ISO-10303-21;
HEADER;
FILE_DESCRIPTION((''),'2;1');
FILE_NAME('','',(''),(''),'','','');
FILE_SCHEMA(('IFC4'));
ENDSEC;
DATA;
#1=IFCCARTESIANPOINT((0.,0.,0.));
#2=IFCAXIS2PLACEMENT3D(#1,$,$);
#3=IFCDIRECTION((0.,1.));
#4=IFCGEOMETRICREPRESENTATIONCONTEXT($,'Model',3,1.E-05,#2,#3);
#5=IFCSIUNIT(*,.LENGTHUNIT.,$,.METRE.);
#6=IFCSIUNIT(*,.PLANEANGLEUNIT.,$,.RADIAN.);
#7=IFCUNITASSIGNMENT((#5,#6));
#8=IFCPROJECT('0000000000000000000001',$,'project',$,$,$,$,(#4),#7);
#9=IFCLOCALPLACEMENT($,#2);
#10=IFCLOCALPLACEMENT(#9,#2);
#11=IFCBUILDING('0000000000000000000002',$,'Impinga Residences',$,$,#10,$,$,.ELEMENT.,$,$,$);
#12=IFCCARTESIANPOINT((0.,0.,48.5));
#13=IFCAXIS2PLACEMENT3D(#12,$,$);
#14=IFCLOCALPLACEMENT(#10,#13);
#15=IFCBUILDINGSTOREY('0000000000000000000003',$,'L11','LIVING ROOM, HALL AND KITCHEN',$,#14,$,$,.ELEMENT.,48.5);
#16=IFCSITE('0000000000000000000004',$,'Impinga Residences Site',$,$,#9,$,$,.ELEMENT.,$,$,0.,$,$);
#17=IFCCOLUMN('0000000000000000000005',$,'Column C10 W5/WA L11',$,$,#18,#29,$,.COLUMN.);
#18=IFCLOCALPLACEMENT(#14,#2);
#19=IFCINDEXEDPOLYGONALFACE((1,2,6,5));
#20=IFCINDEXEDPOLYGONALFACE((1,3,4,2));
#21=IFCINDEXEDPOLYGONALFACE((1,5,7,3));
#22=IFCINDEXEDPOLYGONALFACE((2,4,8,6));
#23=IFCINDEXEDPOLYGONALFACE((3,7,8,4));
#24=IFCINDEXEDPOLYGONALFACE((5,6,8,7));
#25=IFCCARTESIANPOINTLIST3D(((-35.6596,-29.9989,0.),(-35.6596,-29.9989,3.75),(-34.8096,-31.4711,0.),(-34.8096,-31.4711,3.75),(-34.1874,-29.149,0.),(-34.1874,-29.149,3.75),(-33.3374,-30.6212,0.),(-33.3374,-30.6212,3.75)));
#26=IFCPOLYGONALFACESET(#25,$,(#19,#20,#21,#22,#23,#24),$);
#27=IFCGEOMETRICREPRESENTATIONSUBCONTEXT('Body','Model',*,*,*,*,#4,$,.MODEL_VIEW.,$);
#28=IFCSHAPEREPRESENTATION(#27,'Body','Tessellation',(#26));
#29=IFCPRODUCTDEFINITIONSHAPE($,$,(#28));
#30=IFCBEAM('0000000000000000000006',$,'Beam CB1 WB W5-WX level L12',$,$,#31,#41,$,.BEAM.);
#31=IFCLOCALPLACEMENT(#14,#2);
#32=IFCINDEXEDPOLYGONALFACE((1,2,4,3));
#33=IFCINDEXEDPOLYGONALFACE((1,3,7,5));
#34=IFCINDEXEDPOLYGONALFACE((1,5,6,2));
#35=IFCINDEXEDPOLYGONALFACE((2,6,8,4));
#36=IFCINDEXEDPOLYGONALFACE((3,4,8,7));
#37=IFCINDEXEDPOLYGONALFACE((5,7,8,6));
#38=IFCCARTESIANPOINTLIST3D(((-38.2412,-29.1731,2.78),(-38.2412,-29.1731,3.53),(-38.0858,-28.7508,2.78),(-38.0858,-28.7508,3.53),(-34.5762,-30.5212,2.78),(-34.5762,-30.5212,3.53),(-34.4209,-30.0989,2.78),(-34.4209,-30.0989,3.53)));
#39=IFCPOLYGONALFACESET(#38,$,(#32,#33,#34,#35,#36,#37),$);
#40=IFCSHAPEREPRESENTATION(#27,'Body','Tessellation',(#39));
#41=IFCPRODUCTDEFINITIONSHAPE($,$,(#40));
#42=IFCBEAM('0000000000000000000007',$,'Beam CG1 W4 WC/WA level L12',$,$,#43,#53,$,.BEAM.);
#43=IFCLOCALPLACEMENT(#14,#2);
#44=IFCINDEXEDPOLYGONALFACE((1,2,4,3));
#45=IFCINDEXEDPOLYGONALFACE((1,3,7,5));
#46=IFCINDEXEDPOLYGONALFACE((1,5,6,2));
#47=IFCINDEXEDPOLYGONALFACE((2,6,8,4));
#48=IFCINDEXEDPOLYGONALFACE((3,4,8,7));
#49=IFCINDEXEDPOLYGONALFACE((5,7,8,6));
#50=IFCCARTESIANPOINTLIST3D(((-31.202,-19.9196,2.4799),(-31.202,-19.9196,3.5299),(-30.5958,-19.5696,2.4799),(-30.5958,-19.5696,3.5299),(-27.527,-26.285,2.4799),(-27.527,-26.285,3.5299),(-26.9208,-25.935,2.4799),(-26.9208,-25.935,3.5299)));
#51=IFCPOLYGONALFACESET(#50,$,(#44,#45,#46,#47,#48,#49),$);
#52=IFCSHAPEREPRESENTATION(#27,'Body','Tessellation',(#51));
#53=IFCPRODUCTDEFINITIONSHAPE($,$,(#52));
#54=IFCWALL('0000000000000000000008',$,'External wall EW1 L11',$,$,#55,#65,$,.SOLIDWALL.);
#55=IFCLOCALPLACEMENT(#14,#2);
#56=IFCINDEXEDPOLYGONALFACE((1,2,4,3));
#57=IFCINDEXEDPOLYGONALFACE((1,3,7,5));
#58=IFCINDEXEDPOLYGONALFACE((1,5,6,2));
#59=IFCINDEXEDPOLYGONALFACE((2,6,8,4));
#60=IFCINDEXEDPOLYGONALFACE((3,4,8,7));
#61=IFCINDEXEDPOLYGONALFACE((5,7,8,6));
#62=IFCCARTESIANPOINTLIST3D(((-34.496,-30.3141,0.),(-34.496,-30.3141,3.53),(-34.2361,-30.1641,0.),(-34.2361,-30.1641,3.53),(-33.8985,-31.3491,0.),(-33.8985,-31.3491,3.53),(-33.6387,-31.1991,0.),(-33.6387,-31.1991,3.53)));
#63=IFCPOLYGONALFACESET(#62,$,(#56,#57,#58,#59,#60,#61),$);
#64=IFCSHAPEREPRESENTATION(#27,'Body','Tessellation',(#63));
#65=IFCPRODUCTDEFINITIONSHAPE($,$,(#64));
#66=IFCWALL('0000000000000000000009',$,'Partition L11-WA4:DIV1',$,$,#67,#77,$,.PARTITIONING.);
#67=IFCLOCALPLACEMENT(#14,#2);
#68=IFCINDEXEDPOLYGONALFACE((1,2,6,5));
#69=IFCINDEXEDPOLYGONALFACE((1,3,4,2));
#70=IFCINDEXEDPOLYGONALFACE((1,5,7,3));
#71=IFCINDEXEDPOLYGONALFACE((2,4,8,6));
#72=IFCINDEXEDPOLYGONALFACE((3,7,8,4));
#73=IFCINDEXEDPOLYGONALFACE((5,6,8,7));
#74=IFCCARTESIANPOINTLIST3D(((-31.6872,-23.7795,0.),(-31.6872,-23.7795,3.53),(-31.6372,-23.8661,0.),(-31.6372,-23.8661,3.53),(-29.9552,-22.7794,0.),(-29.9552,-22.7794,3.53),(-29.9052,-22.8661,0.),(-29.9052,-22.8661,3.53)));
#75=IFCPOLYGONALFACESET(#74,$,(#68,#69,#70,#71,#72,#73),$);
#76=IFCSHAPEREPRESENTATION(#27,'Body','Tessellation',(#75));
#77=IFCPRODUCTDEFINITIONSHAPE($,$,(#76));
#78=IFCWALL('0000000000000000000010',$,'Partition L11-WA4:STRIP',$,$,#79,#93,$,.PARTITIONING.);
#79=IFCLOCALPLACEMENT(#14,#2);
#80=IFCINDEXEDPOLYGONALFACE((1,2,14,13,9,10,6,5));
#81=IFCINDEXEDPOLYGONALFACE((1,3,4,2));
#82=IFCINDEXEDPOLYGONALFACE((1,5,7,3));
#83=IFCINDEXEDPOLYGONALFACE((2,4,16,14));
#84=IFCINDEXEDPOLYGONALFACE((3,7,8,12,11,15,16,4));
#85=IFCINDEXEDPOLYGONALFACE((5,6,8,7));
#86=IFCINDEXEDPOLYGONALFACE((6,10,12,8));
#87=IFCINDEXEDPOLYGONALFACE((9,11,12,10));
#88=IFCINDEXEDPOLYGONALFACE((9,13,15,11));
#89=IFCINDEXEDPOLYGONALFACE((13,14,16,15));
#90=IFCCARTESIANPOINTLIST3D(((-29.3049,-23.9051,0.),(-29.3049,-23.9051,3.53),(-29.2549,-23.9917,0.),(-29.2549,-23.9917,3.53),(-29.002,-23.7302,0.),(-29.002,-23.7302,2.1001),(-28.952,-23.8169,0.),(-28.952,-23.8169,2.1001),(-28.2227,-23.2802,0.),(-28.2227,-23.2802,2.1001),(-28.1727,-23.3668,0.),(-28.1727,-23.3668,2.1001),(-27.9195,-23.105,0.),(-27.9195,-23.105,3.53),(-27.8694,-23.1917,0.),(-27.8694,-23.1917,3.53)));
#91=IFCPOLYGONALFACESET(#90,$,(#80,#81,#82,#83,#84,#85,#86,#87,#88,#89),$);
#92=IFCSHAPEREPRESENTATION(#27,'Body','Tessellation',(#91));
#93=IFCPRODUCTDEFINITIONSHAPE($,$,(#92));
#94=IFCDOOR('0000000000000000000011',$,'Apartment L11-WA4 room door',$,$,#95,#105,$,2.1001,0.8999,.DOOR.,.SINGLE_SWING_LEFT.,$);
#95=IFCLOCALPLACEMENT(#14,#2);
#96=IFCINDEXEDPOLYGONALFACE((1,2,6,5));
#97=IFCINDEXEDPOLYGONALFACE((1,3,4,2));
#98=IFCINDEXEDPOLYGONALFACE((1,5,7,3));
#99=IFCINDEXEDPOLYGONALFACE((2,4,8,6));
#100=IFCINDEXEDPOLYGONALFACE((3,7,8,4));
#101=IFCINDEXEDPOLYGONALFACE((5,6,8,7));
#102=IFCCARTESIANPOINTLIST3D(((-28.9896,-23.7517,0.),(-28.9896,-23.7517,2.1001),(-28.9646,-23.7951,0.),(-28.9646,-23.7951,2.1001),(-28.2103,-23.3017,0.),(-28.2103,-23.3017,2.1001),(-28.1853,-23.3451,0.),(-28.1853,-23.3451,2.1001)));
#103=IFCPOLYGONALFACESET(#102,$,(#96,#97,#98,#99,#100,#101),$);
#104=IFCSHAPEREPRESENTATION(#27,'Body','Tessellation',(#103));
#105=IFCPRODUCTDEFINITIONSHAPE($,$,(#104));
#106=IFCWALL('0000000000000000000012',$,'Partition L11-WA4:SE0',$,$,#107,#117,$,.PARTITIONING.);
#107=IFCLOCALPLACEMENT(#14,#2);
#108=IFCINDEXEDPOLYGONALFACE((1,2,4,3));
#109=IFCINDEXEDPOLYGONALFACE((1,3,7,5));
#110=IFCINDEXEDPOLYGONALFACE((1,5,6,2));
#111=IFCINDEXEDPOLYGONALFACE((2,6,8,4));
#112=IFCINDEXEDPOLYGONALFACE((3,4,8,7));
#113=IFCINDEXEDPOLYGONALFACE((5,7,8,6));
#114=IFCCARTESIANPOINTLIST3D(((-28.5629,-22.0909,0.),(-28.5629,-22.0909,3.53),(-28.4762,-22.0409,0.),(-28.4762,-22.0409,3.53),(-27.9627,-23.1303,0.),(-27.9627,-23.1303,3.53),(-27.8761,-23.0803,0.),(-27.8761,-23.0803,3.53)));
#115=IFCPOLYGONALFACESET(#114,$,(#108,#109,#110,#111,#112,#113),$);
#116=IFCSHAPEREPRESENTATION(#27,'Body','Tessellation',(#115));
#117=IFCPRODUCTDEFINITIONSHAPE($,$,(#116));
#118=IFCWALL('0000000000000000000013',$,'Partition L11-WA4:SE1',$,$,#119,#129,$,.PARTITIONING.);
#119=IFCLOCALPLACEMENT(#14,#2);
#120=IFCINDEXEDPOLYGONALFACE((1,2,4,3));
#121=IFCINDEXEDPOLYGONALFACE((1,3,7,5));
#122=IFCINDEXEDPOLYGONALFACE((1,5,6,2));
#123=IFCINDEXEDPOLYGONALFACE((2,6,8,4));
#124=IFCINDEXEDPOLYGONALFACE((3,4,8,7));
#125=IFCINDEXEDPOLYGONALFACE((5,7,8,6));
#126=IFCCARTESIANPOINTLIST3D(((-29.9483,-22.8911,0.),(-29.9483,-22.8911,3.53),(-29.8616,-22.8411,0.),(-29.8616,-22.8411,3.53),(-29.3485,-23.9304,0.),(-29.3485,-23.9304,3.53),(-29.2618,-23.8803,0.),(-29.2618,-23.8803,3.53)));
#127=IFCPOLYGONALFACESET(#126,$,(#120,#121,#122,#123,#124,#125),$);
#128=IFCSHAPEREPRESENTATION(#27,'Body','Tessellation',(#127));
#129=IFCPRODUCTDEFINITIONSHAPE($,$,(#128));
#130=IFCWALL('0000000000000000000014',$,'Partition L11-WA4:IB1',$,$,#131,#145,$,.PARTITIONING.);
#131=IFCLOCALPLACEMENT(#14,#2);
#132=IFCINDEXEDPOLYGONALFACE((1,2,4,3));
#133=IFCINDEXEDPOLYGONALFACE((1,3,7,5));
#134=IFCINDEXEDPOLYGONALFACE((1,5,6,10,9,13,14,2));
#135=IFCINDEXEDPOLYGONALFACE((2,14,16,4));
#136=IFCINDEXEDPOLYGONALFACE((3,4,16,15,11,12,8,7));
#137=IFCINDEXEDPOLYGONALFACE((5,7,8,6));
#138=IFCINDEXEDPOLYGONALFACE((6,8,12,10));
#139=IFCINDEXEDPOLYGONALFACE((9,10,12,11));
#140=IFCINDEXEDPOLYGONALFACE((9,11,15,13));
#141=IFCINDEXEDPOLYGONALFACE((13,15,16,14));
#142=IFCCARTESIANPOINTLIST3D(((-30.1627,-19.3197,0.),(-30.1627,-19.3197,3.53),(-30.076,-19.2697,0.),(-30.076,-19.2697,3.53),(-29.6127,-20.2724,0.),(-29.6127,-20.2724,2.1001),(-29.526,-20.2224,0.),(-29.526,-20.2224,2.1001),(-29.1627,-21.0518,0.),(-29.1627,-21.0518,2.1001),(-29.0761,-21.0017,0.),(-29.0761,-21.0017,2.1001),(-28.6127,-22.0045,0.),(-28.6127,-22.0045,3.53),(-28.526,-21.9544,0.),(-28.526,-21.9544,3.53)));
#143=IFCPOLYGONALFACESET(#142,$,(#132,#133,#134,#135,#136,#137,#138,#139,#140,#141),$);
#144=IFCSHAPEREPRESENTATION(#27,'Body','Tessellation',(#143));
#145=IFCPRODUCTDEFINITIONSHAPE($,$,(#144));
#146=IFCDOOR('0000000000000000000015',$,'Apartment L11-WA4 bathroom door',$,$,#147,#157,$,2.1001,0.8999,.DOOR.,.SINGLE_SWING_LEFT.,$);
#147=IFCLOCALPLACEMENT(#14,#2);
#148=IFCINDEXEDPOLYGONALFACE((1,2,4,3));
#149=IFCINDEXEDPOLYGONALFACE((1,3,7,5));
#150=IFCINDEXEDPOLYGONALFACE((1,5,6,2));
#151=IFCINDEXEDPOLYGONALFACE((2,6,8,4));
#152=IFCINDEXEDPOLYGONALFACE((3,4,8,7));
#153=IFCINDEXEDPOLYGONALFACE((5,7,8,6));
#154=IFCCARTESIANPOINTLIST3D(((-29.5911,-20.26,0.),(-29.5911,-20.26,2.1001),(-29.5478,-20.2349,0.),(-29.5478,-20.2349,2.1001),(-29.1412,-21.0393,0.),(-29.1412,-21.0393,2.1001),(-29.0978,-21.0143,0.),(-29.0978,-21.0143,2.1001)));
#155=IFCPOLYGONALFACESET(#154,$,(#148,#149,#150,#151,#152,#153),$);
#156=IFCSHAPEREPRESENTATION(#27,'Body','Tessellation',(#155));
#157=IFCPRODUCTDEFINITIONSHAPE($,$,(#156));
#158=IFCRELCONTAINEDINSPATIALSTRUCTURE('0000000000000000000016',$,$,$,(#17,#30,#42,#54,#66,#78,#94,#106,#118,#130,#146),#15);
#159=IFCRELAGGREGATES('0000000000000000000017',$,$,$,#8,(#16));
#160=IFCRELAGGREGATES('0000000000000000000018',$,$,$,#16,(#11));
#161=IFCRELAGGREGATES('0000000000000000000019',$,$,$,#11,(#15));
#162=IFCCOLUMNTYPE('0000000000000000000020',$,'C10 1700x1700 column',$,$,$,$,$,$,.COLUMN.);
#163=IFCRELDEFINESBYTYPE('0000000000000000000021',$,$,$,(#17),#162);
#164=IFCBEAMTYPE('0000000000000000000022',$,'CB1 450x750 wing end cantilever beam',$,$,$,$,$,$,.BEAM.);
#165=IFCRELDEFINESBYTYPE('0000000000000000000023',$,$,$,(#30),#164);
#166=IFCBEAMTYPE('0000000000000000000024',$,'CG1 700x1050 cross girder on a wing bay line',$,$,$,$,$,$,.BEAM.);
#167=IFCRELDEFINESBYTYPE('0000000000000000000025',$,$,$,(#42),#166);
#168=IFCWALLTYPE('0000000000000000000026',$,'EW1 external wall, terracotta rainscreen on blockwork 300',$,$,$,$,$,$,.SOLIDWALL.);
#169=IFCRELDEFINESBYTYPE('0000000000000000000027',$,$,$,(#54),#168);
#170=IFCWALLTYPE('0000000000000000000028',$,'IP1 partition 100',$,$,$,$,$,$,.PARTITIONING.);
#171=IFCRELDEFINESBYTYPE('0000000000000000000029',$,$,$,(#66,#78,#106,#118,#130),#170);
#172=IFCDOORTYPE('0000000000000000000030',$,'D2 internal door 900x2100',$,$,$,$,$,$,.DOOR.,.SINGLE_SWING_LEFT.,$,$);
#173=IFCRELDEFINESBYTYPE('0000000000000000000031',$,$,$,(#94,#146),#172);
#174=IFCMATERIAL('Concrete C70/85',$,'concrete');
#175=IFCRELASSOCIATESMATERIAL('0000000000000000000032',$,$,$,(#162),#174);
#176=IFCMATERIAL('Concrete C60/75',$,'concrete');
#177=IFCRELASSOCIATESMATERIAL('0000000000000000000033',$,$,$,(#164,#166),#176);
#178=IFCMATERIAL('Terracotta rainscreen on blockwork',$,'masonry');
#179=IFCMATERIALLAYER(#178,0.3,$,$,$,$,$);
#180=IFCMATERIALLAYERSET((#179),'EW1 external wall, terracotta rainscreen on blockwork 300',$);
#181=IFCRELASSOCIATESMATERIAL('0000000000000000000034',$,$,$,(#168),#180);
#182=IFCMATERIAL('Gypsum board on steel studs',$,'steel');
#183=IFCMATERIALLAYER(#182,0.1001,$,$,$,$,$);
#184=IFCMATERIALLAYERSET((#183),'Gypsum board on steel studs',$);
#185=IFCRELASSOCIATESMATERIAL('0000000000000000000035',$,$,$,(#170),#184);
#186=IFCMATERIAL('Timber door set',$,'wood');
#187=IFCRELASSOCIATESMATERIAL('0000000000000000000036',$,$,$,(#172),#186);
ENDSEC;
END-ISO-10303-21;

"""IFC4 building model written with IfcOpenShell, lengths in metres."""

from ifc_helpers import new_model, si_unit, direction, frame, frame_2d, origin, origin_2d, place, context, subcontext, project, spatial, rectangle, extrude, material, layer, layer_set, material_profile, profile_set, type_object, element, fill, save


model = new_model("IFC4")

# Units and contexts
model_context = context("Model", 3, precision=1e-05, world=origin(), true_north=direction((0.0, 1.0)))
body_context = subcontext(model_context, "Body", "Model", "MODEL_VIEW")
ifc_project = project(units=[si_unit("LENGTHUNIT", "METRE"), si_unit("PLANEANGLEUNIT", "RADIAN")], contexts=[model_context])

# Site, building, storey
site_placement = place(None, origin())
site = spatial("IfcSite", under=ifc_project, at=site_placement, Name="Impinga Residences Site", CompositionType="ELEMENT", RefElevation=0.0)
building_placement = place(site_placement, origin())
building = spatial("IfcBuilding", under=site, at=building_placement, Name="Impinga Residences", CompositionType="ELEMENT")
storey_placement = place(building_placement, frame((0.0, 0.0, 48.5)))
storey = spatial("IfcBuildingStorey", under=building, at=storey_placement, Name="L11", Description="LIVING ROOM, HALL AND KITCHEN", CompositionType="ELEMENT", Elevation=48.5)

# Column
ifc_material_1 = material(Name="Concrete C70/85", Category="concrete")
ifc_material_profile_1 = material_profile(ifc_material_1, rectangle(XDim=1.7, YDim=1.7, at=origin_2d()), Name="RC 1700x1700")
ifc_profile_set_1 = profile_set([ifc_material_profile_1], Name="Concrete C70/85")
column_type = type_object("IfcColumnType", Name="C10 1700x1700 column", PredefinedType="COLUMN", material=ifc_profile_set_1)
column_placement = place(storey_placement, frame((-34.4985, -30.3101, 0.0), z_axis=(0.0, 0.0, 1.0), x_axis=(-0.5, 0.866025, 0.0)))
element("IfcColumn", 1, at=column_placement, inside=storey, type_object=column_type, Name="Column C10 W5/WA L11", PredefinedType="COLUMN", context=body_context, shape_type="SweptSolid", body=[
    extrude(rectangle(XDim=1.7, YDim=1.7, at=origin_2d()), origin(), (0.0, 0.0, 1.0), 3.75),
])

# Beams
ifc_material_2 = material(Name="Concrete C60/75", Category="concrete")
ifc_material_profile_2 = material_profile(ifc_material_2, rectangle(XDim=0.45, YDim=0.75, at=origin_2d()), Name="RC 450x750")
ifc_profile_set_2 = profile_set([ifc_material_profile_2], Name="Concrete C60/75")
beam_type_1 = type_object("IfcBeamType", Name="CB1 450x750 wing end cantilever beam", PredefinedType="BEAM", material=ifc_profile_set_2)
beam_1_placement = place(storey_placement, frame((-34.4985, -30.3101, 3.155), z_axis=(-0.93852, 0.345224, 0.0), x_axis=(-0.345224, -0.93852, 0.0)))
element("IfcBeam", 2, at=beam_1_placement, inside=storey, type_object=beam_type_1, Name="Beam CB1 WB W5-WX level L12", PredefinedType="BEAM", context=body_context, shape_type="SweptSolid", body=[
    extrude(rectangle(XDim=0.45, YDim=0.75, at=origin_2d()), origin(), (0.0, 0.0, 1.0), 3.905),
])
ifc_material_profile_3 = material_profile(ifc_material_2, rectangle(XDim=0.7, YDim=1.05, at=origin_2d()), Name="RC 700x1050")
ifc_profile_set_3 = profile_set([ifc_material_profile_3], Name="Concrete C60/75")
beam_type_2 = type_object("IfcBeamType", Name="CG1 700x1050 cross girder on a wing bay line", PredefinedType="BEAM", material=ifc_profile_set_3)
beam_2_placement = place(storey_placement, frame((-30.8989, -19.7446, 3.0049), z_axis=(0.499994, -0.866029, 0.0), x_axis=(0.866029, 0.499994, 0.0)))
element("IfcBeam", 3, at=beam_2_placement, inside=storey, type_object=beam_type_2, Name="Beam CG1 W4 WC/WA level L12", PredefinedType="BEAM", context=body_context, shape_type="SweptSolid", body=[
    extrude(rectangle(XDim=0.7, YDim=1.05, at=origin_2d()), origin(), (0.0, 0.0, 1.0), 7.3501),
])

# Walls
ifc_material_3 = material(Name="Terracotta rainscreen on blockwork", Category="masonry")
ifc_layer_1 = layer(ifc_material_3, 0.3)
ifc_layer_set_1 = layer_set([ifc_layer_1], Name="EW1 external wall, terracotta rainscreen on blockwork 300")
wall_type_1 = type_object("IfcWallType", Name="EW1 external wall, terracotta rainscreen on blockwork 300", PredefinedType="SOLIDWALL", material=ifc_layer_set_1)
wall_1_placement = place(storey_placement, frame((-33.7686, -31.2742, 0.0), z_axis=(0.0, 0.0, 1.0), x_axis=(-0.499941, 0.86606, 0.0)))
element("IfcWall", 4, at=wall_1_placement, inside=storey, type_object=wall_type_1, Name="External wall EW1 L11", PredefinedType="SOLIDWALL", context=body_context, shape_type="SweptSolid", body=[
    extrude(rectangle(XDim=1.1951, YDim=0.3, at=frame_2d((0.5977, 0.0))), origin(), (0.0, 0.0, 1.0), 3.53),
])
ifc_material_4 = material(Name="Gypsum board on steel studs", Category="steel")
ifc_layer_2 = layer(ifc_material_4, 0.1001)
ifc_layer_set_2 = layer_set([ifc_layer_2], Name="Gypsum board on steel studs")
wall_type_2 = type_object("IfcWallType", Name="IP1 partition 100", PredefinedType="PARTITIONING", material=ifc_layer_set_2)
wall_2_placement = place(storey_placement, frame((-29.9302, -22.8228, 0.0), z_axis=(0.0, 0.0, 1.0), x_axis=(-0.866011, -0.500025, 0.0)))
element("IfcWall", 5, at=wall_2_placement, inside=storey, type_object=wall_type_2, Name="Partition L11-WA4:DIV1", PredefinedType="PARTITIONING", context=body_context, shape_type="SweptSolid", body=[
    extrude(rectangle(XDim=2.0, YDim=0.1001, at=frame_2d((1.0, 0.0))), origin(), (0.0, 0.0, 1.0), 3.53),
])

# Wall, opening, door
wall_3_placement = place(storey_placement, frame((-27.8945, -23.1484, 0.0), z_axis=(0.0, 0.0, 1.0), x_axis=(-0.86599, -0.500061, 0.0)))
wall_3 = element("IfcWall", 6, at=wall_3_placement, inside=storey, type_object=wall_type_2, Name="Partition L11-WA4:STRIP", PredefinedType="PARTITIONING", context=body_context, shape_type="SweptSolid", body=[
    extrude(rectangle(XDim=1.5999, YDim=0.1001, at=frame_2d((0.7998, 0.0))), origin(), (0.0, 0.0, 1.0), 3.53),
])
opening_1_placement = place(wall_3_placement, frame((0.3501, 0.0, 0.0)))
opening_1 = element("IfcOpeningElement", 7, at=opening_1_placement, cuts=wall_3, PredefinedType="OPENING", context=body_context, shape_type="SweptSolid", body=[
    extrude(rectangle(XDim=0.8999, YDim=2.1001, at=frame_2d((0.45, 1.05))), frame((0.0, 0.0601, 0.0), z_axis=(0.0, -1.0, 0.0), x_axis=(1.0, 0.0, 0.0)), (0.0, 0.0, 1.0), 0.1201),
])
ifc_material_5 = material(Name="Timber door set", Category="wood")
door_type = type_object("IfcDoorType", Name="D2 internal door 900x2100", OperationType="SINGLE_SWING_LEFT", PredefinedType="DOOR", material=ifc_material_5)
door_1_placement = place(opening_1_placement, origin())
door_1 = element("IfcDoor", 8, at=door_1_placement, inside=storey, type_object=door_type, Name="Apartment L11-WA4 room door", OperationType="SINGLE_SWING_LEFT", OverallHeight=2.1001, OverallWidth=0.8999, PredefinedType="DOOR", context=body_context, shape_type="SweptSolid", body=[
    extrude(rectangle(XDim=0.8999, YDim=2.1001, at=frame_2d((0.45, 1.05))), frame((0.0, 0.0249, 0.0), z_axis=(0.0, -1.0, 0.0), x_axis=(1.0, 0.0, 0.0)), (0.0, 0.0, 1.0), 0.05),
])
fill(opening_1, door_1)

# Walls
wall_4_placement = place(storey_placement, frame((-28.5195, -22.0659, 0.0), z_axis=(0.0, 0.0, 1.0), x_axis=(0.500034, -0.866006, 0.0)))
element("IfcWall", 9, at=wall_4_placement, inside=storey, type_object=wall_type_2, Name="Partition L11-WA4:SE0", PredefinedType="PARTITIONING", context=body_context, shape_type="SweptSolid", body=[
    extrude(rectangle(XDim=1.2002, YDim=0.1001, at=frame_2d((0.6001, 0.0))), origin(), (0.0, 0.0, 1.0), 3.53),
])
wall_5_placement = place(storey_placement, frame((-29.905, -22.866, 0.0), z_axis=(0.0, 0.0, 1.0), x_axis=(0.499881, -0.866094, 0.0)))
element("IfcWall", 10, at=wall_5_placement, inside=storey, type_object=wall_type_2, Name="Partition L11-WA4:SE1", PredefinedType="PARTITIONING", context=body_context, shape_type="SweptSolid", body=[
    extrude(rectangle(XDim=1.2, YDim=0.1001, at=frame_2d((0.6001, 0.0))), origin(), (0.0, 0.0, 1.0), 3.53),
])

# Wall, opening, door
wall_6_placement = place(storey_placement, frame((-30.1194, -19.2947, 0.0), z_axis=(0.0, 0.0, 1.0), x_axis=(0.499993, -0.86603, 0.0)))
wall_6 = element("IfcWall", 11, at=wall_6_placement, inside=storey, type_object=wall_type_2, Name="Partition L11-WA4:IB1", PredefinedType="PARTITIONING", context=body_context, shape_type="SweptSolid", body=[
    extrude(rectangle(XDim=3.1001, YDim=0.1001, at=frame_2d((1.55, 0.0))), origin(), (0.0, 0.0, 1.0), 3.53),
])
opening_2_placement = place(wall_6_placement, frame((1.1001, 0.0, 0.0)))
opening_2 = element("IfcOpeningElement", 12, at=opening_2_placement, cuts=wall_6, PredefinedType="OPENING", context=body_context, shape_type="SweptSolid", body=[
    extrude(rectangle(XDim=0.8999, YDim=2.1001, at=frame_2d((0.45, 1.05))), frame((0.0, 0.0601, 0.0), z_axis=(0.0, -1.0, 0.0), x_axis=(1.0, 0.0, 0.0)), (0.0, 0.0, 1.0), 0.1201),
])
door_2_placement = place(opening_2_placement, origin())
door_2 = element("IfcDoor", 13, at=door_2_placement, inside=storey, type_object=door_type, Name="Apartment L11-WA4 bathroom door", OperationType="SINGLE_SWING_LEFT", OverallHeight=2.1001, OverallWidth=0.8999, PredefinedType="DOOR", context=body_context, shape_type="SweptSolid", body=[
    extrude(rectangle(XDim=0.8999, YDim=2.1001, at=frame_2d((0.45, 1.05))), frame((0.0, 0.0249, 0.0), z_axis=(0.0, -1.0, 0.0), x_axis=(1.0, 0.0, 0.0)), (0.0, 0.0, 1.0), 0.05),
])
fill(opening_2, door_2)

save(model, "model.ifc")
